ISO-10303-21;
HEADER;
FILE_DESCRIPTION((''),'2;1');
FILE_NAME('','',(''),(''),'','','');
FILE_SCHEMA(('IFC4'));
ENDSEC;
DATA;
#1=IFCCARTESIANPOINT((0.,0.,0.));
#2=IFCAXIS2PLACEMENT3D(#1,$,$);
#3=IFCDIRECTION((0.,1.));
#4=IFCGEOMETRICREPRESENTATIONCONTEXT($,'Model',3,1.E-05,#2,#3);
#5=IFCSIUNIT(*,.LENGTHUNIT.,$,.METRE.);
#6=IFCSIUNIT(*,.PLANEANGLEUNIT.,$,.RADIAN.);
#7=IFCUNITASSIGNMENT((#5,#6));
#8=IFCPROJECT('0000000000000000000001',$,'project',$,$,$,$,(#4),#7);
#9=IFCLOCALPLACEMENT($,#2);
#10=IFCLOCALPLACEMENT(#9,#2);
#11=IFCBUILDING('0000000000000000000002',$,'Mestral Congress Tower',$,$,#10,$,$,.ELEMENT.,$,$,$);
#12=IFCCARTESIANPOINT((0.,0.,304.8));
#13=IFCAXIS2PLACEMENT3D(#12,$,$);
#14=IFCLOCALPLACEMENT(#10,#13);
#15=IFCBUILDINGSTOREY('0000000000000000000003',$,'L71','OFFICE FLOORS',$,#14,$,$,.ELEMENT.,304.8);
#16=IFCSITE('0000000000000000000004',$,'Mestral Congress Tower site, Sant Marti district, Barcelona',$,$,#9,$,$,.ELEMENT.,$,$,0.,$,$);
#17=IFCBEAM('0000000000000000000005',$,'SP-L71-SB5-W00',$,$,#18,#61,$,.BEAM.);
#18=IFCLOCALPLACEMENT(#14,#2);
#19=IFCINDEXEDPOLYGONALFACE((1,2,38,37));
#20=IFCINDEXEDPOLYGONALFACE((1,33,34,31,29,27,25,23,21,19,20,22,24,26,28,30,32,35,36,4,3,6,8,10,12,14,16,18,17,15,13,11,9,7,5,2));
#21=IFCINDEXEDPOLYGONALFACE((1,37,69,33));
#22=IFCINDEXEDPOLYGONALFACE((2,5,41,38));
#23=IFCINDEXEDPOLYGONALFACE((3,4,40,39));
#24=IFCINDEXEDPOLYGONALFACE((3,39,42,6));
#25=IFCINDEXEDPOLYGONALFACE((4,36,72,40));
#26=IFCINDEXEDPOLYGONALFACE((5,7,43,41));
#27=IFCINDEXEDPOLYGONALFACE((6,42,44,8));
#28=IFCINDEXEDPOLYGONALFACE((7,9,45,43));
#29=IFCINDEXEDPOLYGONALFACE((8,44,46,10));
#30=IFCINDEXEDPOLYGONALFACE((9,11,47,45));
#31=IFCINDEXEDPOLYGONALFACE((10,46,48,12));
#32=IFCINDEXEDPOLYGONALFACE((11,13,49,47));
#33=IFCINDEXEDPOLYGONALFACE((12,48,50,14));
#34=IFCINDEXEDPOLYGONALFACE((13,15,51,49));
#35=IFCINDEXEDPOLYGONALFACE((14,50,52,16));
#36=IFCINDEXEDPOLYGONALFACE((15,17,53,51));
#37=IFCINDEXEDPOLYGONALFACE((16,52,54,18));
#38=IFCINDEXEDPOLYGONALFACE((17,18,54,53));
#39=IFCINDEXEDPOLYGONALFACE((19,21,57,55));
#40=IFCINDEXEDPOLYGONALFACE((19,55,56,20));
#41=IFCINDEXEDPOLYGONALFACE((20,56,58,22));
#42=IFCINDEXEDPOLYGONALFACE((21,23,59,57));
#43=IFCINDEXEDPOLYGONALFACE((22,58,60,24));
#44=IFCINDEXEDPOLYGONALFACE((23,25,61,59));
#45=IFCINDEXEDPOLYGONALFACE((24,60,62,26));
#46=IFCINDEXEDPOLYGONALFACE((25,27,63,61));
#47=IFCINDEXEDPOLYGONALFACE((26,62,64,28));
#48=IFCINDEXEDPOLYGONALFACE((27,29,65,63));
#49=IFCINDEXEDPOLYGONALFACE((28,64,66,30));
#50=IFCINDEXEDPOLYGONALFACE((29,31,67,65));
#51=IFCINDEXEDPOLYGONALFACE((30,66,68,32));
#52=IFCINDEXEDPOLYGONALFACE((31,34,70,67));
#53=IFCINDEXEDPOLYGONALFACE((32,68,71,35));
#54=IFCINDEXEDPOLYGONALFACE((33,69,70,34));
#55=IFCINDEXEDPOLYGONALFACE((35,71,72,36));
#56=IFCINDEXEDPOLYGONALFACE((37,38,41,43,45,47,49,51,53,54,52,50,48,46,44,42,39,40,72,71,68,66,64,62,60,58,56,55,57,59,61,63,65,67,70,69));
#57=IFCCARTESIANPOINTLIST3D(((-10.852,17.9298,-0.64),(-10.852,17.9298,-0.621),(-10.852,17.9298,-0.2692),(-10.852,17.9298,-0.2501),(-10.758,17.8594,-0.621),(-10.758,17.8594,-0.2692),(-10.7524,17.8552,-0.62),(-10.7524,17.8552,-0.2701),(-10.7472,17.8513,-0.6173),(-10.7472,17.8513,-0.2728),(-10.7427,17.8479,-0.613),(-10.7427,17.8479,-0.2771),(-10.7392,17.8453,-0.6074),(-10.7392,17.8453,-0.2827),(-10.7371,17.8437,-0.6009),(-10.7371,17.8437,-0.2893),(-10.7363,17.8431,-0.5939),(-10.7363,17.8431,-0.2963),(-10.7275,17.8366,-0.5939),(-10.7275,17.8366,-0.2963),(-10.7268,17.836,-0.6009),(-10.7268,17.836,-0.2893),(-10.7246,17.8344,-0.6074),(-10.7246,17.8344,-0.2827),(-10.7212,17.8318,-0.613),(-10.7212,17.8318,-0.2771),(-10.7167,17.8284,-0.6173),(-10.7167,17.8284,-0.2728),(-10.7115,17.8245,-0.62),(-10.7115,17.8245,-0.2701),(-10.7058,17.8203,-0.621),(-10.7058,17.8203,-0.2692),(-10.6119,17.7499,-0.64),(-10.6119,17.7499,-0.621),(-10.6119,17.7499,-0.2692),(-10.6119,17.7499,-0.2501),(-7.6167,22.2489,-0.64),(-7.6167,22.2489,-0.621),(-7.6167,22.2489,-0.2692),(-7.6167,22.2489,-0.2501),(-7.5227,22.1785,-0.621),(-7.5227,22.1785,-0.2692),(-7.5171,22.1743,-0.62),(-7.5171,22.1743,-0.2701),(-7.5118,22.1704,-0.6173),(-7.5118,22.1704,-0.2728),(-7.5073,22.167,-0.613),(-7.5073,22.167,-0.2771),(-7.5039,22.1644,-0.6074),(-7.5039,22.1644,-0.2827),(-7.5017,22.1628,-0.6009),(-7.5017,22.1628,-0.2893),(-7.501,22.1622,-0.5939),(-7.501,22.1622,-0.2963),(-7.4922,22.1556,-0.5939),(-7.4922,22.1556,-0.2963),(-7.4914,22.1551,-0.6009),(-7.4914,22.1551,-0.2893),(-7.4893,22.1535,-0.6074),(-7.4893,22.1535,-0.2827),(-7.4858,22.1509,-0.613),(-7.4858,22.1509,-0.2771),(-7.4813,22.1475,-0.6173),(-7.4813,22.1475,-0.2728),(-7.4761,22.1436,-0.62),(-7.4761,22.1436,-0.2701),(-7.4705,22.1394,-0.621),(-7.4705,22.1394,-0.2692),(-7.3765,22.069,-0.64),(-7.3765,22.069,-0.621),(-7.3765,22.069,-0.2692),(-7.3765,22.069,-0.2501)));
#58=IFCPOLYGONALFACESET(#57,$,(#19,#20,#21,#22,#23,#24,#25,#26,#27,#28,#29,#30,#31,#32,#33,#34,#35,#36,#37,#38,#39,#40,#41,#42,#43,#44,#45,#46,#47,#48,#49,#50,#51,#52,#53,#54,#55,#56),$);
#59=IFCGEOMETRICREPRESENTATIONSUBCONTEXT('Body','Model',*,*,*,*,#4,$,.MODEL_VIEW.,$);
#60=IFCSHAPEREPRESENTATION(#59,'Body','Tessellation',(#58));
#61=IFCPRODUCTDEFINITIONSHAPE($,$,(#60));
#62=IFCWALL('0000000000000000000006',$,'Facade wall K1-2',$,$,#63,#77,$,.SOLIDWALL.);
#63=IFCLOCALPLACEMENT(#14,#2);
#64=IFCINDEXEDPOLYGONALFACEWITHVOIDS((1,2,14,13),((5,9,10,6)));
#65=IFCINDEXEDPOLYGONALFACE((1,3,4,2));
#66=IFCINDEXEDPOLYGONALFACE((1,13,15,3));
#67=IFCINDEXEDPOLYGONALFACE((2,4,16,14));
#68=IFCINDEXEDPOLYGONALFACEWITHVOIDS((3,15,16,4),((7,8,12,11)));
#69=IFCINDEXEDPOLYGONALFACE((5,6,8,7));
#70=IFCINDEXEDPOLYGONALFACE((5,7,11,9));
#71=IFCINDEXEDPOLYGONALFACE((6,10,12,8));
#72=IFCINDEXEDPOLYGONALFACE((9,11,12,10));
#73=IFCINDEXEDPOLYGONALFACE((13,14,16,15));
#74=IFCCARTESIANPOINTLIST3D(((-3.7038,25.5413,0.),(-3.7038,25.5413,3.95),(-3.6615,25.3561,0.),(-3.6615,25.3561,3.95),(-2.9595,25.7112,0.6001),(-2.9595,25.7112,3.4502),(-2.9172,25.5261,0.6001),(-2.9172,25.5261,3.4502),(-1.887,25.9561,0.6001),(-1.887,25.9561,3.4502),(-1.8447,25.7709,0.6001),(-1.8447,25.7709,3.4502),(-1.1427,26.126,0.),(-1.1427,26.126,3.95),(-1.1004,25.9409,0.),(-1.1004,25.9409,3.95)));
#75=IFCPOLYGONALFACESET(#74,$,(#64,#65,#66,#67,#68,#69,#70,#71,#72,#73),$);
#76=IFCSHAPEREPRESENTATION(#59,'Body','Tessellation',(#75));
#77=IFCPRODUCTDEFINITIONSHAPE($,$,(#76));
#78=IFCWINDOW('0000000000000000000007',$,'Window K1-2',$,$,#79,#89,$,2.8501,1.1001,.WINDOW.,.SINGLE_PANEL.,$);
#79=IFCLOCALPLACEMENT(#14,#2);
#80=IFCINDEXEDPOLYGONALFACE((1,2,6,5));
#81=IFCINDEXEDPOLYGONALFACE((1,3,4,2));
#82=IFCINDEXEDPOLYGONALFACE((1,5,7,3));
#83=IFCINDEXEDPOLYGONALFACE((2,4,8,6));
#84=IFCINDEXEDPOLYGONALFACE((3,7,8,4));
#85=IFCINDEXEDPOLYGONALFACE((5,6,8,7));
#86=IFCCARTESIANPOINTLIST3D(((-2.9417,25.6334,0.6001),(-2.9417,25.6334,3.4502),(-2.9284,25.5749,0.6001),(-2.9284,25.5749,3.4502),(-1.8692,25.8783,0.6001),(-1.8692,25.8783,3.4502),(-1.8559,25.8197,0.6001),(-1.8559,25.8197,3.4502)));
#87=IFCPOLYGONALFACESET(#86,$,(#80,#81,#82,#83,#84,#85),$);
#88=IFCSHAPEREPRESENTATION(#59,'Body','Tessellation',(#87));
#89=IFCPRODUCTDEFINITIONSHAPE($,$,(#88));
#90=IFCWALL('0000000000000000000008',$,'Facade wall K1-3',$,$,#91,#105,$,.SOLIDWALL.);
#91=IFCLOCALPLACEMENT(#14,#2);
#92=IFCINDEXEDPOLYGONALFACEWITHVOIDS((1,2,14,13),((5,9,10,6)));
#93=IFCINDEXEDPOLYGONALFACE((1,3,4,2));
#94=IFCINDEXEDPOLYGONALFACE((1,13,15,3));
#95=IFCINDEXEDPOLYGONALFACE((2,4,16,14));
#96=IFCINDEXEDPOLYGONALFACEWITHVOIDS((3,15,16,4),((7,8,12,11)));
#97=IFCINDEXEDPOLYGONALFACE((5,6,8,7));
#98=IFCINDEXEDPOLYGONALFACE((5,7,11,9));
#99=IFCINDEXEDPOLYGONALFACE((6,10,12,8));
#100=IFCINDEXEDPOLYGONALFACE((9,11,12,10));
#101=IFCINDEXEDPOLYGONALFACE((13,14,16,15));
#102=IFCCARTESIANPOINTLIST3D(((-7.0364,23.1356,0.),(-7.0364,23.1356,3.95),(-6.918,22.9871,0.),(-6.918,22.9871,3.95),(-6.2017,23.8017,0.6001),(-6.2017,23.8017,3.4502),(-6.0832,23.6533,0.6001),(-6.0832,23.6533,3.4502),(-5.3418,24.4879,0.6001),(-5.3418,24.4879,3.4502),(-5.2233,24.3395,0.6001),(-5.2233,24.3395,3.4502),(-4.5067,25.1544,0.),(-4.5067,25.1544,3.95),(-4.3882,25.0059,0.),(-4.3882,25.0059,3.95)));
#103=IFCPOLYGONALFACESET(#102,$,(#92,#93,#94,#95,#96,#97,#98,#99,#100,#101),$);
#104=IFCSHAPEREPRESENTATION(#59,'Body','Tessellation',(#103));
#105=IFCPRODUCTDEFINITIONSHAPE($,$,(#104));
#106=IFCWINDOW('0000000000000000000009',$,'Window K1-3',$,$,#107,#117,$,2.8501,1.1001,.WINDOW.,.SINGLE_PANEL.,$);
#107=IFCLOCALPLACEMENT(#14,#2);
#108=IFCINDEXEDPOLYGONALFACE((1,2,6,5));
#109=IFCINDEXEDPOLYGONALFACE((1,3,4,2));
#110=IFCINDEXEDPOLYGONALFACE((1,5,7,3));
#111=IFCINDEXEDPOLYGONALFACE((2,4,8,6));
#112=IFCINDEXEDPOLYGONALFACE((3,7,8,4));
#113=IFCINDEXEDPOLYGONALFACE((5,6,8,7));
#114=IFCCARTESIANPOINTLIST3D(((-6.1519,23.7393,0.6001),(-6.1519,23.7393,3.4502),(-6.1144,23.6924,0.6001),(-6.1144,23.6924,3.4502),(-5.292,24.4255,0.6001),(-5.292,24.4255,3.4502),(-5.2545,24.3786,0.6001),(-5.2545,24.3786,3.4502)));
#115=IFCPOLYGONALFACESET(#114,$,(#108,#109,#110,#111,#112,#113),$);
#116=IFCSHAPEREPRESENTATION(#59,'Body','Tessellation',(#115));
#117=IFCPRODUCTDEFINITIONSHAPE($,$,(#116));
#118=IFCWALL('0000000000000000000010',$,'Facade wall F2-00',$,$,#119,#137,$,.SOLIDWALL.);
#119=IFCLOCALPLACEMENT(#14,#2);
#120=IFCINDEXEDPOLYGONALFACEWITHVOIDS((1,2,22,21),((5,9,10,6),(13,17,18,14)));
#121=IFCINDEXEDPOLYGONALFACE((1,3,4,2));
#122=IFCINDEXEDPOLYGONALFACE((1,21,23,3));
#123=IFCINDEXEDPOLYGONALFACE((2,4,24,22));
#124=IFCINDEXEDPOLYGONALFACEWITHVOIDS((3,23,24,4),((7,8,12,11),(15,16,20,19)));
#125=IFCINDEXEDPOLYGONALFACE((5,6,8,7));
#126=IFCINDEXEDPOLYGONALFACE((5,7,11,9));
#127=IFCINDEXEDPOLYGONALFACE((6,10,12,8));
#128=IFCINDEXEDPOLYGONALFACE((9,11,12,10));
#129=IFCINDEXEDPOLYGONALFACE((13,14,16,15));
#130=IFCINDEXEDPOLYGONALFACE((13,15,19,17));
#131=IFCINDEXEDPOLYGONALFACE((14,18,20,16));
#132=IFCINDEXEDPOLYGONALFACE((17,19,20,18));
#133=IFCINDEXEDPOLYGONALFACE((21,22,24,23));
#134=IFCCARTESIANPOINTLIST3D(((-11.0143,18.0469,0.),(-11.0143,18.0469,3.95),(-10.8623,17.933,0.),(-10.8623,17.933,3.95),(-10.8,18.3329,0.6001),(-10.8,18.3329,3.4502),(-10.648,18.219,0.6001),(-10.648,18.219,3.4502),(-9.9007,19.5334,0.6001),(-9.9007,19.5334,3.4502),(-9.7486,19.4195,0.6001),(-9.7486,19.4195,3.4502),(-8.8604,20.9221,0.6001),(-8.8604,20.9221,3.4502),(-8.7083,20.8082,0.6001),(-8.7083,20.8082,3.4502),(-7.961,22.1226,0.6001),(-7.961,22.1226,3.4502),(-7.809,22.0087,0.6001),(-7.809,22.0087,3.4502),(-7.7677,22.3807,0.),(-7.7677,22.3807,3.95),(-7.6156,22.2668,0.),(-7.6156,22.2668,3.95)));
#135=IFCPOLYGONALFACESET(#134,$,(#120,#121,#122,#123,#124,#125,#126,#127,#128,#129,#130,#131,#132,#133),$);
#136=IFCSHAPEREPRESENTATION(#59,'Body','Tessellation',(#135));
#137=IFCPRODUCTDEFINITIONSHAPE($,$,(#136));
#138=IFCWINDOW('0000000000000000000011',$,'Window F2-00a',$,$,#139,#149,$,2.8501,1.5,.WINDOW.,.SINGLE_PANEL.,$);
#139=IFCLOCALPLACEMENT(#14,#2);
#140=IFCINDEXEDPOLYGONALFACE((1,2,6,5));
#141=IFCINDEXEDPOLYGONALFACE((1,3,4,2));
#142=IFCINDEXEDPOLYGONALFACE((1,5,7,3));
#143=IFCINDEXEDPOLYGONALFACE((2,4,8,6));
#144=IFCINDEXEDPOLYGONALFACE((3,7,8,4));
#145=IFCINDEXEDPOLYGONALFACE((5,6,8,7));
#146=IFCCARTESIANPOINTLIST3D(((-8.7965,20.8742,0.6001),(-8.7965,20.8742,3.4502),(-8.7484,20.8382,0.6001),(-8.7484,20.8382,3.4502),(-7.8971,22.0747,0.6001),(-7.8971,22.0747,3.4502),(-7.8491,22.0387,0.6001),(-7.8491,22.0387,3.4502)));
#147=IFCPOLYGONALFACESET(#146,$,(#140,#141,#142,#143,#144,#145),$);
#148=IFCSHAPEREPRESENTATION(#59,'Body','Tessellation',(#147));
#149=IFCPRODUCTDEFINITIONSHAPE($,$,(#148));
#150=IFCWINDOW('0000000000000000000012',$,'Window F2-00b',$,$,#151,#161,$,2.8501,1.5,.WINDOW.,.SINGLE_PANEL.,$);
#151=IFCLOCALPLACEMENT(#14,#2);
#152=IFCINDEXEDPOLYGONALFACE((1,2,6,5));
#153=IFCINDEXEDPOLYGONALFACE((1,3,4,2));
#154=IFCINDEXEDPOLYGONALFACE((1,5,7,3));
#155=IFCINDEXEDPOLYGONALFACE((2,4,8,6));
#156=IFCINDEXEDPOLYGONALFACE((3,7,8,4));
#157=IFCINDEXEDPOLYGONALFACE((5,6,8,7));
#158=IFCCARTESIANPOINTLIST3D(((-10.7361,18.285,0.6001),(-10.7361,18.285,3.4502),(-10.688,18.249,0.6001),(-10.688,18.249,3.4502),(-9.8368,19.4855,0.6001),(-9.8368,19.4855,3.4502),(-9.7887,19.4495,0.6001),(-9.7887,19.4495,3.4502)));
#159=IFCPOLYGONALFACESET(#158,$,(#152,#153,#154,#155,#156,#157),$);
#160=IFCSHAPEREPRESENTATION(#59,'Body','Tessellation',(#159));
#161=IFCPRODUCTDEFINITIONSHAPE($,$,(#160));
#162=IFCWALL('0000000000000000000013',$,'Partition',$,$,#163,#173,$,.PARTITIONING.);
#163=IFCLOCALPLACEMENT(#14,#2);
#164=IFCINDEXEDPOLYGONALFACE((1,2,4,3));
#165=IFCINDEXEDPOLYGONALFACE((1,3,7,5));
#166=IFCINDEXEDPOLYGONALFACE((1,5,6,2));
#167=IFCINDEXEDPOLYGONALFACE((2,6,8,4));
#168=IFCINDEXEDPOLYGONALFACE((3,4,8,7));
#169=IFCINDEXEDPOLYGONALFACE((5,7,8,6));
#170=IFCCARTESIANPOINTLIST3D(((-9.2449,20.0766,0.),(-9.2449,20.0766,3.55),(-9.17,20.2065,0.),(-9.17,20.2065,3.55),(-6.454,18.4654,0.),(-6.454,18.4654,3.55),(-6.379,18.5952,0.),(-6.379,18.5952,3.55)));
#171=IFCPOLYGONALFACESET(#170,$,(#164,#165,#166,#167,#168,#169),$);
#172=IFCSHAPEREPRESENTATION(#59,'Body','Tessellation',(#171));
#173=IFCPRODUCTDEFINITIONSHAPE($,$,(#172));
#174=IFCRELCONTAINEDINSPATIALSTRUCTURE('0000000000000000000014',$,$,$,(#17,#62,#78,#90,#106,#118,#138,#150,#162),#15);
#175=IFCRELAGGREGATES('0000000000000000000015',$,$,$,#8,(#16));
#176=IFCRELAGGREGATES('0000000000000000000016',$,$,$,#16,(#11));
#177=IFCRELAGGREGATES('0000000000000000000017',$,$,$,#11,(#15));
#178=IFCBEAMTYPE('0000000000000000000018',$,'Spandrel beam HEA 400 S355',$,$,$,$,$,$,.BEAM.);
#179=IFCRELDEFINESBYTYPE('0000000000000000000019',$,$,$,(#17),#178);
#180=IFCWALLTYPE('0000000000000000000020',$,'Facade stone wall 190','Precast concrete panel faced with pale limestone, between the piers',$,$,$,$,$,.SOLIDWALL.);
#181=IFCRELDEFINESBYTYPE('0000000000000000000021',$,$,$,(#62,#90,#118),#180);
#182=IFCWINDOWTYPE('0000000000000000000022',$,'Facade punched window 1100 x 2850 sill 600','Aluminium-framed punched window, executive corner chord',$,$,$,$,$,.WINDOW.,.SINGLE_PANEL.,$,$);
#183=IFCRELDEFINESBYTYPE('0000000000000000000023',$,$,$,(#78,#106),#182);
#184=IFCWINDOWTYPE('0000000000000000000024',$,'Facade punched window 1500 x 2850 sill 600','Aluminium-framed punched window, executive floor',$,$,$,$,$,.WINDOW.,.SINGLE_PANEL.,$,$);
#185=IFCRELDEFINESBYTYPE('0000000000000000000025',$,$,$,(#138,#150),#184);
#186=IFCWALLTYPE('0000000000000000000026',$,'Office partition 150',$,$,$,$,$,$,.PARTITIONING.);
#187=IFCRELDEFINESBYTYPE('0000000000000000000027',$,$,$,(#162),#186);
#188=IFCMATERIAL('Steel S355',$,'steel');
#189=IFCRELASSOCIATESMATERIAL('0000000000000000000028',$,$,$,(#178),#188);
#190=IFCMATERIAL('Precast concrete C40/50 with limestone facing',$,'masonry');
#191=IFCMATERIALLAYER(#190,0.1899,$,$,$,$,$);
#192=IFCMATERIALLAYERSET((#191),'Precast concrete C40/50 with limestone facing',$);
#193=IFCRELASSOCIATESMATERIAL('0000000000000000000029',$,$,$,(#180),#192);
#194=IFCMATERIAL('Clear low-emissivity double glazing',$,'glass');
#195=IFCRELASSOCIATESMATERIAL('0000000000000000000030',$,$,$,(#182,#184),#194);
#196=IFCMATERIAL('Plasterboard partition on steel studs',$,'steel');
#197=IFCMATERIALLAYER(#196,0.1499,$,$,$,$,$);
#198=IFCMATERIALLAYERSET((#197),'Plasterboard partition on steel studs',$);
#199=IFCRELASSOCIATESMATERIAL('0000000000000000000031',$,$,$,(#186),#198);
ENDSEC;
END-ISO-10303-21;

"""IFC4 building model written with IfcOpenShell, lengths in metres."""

from ifc_helpers import new_model, si_unit, direction, frame, frame_2d, origin, origin_2d, place, context, subcontext, project, spatial, rectangle, i_section, extrude, material, layer, layer_set, material_profile, profile_set, type_object, element, fill, save


model = new_model("IFC4")

# Units and contexts
model_context = context("Model", 3, precision=1e-05, world=origin(), true_north=direction((0.0, 1.0)))
body_context = subcontext(model_context, "Body", "Model", "MODEL_VIEW")
ifc_project = project(units=[si_unit("LENGTHUNIT", "METRE"), si_unit("PLANEANGLEUNIT", "RADIAN")], contexts=[model_context])

# Site, building, storey
site_placement = place(None, origin())
site = spatial("IfcSite", under=ifc_project, at=site_placement, Name="Mestral Congress Tower site, Sant Marti district, Barcelona", CompositionType="ELEMENT", RefElevation=0.0)
building_placement = place(site_placement, origin())
building = spatial("IfcBuilding", under=site, at=building_placement, Name="Mestral Congress Tower", CompositionType="ELEMENT")
storey_placement = place(building_placement, frame((0.0, 0.0, 304.8)))
storey = spatial("IfcBuildingStorey", under=building, at=storey_placement, Name="L71", Description="OFFICE FLOORS", CompositionType="ELEMENT", Elevation=304.8)

# Beam
ifc_material_1 = material(Name="Steel S355", Category="steel")
ifc_material_profile_1 = material_profile(ifc_material_1, i_section(OverallWidth=0.3, OverallDepth=0.3899, WebThickness=0.011, FlangeThickness=0.019, FilletRadius=0.0271, at=origin_2d()), Name="HEA 400")
ifc_profile_set_1 = profile_set([ifc_material_profile_1], Name="Steel S355")
beam_type_1 = type_object("IfcBeamType", Name="Spandrel beam HEA 400 S355", PredefinedType="BEAM", material=ifc_profile_set_1)
beam_1_placement = place(storey_placement, frame((-7.4966, 22.1589, -0.4451), z_axis=(-0.599529, -0.800353, 0.0), x_axis=(0.800353, -0.599529, 0.0)))
element("IfcBeam", 1, at=beam_1_placement, inside=storey, type_object=beam_type_1, Name="SP-L71-SB5-W00", PredefinedType="BEAM", context=body_context, shape_type="SweptSolid", body=[
    extrude(i_section(OverallWidth=0.3, OverallDepth=0.3899, WebThickness=0.011, FlangeThickness=0.019, FilletRadius=0.0271, at=origin_2d()), origin(), (0.0, 0.0, 1.0), 5.3965),
])

# Walls, openings, windows
ifc_material_2 = material(Name="Precast concrete C40/50 with limestone facing", Category="masonry")
ifc_layer_1 = layer(ifc_material_2, 0.1899)
ifc_layer_set_1 = layer_set([ifc_layer_1], Name="Precast concrete C40/50 with limestone facing")
wall_type_1 = type_object("IfcWallType", Name="Facade stone wall 190", Description="Precast concrete panel faced with pale limestone, between the piers", PredefinedType="SOLIDWALL", material=ifc_layer_set_1)
wall_1_placement = place(storey_placement, frame((-1.1216, 26.0334, 0.0), z_axis=(0.0, 0.0, 1.0), x_axis=(-0.974913, -0.222585, 0.0)))
wall_1 = element("IfcWall", 2, at=wall_1_placement, inside=storey, type_object=wall_type_1, Name="Facade wall K1-2", PredefinedType="SOLIDWALL", context=body_context, shape_type="SweptSolid", body=[
    extrude(rectangle(XDim=2.627, YDim=0.1899, at=frame_2d((1.3135, 0.0))), origin(), (0.0, 0.0, 1.0), 3.95),
])
opening_1_placement = place(wall_1_placement, frame((0.7634, 0.0, 0.6001)))
opening_1 = element("IfcOpeningElement", 3, at=opening_1_placement, cuts=wall_1, PredefinedType="OPENING", context=body_context, shape_type="SweptSolid", body=[
    extrude(rectangle(XDim=1.1001, YDim=2.8501, at=frame_2d((0.55, 1.425))), frame((0.0, 0.105, 0.0), z_axis=(0.0, -1.0, 0.0), x_axis=(1.0, 0.0, 0.0)), (0.0, 0.0, 1.0), 0.21),
])
ifc_material_3 = material(Name="Clear low-emissivity double glazing", Category="glass")
window_type_1 = type_object("IfcWindowType", Name="Facade punched window 1100 x 2850 sill 600", Description="Aluminium-framed punched window, executive corner chord", PartitioningType="SINGLE_PANEL", PredefinedType="WINDOW", material=ifc_material_3)
window_1_placement = place(opening_1_placement, origin())
window_1 = element("IfcWindow", 4, at=window_1_placement, inside=storey, type_object=window_type_1, Name="Window K1-2", OverallHeight=2.8501, OverallWidth=1.1001, PartitioningType="SINGLE_PANEL", PredefinedType="WINDOW", context=body_context, shape_type="SweptSolid", body=[
    extrude(rectangle(XDim=1.1001, YDim=2.8501, at=frame_2d((0.55, 1.425))), frame((0.0, 0.0449, 0.0), z_axis=(0.0, -1.0, 0.0), x_axis=(1.0, 0.0, 0.0)), (0.0, 0.0, 1.0), 0.0601),
])
fill(opening_1, window_1)
wall_2_placement = place(storey_placement, frame((-4.4475, 25.0801, 0.0), z_axis=(0.0, 0.0, 1.0), x_axis=(-0.781626, -0.623747, 0.0)))
wall_2 = element("IfcWall", 5, at=wall_2_placement, inside=storey, type_object=wall_type_1, Name="Facade wall K1-3", PredefinedType="SOLIDWALL", context=body_context, shape_type="SweptSolid", body=[
    extrude(rectangle(XDim=3.2366, YDim=0.1899, at=frame_2d((1.6182, 0.0))), origin(), (0.0, 0.0, 1.0), 3.95),
])
opening_2_placement = place(wall_2_placement, frame((1.0684, 0.0, 0.6001)))
opening_2 = element("IfcOpeningElement", 6, at=opening_2_placement, cuts=wall_2, PredefinedType="OPENING", context=body_context, shape_type="SweptSolid", body=[
    extrude(rectangle(XDim=1.1001, YDim=2.8501, at=frame_2d((0.55, 1.425))), frame((0.0, 0.105, 0.0), z_axis=(0.0, -1.0, 0.0), x_axis=(1.0, 0.0, 0.0)), (0.0, 0.0, 1.0), 0.21),
])
window_2_placement = place(opening_2_placement, origin())
window_2 = element("IfcWindow", 7, at=window_2_placement, inside=storey, type_object=window_type_1, Name="Window K1-3", OverallHeight=2.8501, OverallWidth=1.1001, PartitioningType="SINGLE_PANEL", PredefinedType="WINDOW", context=body_context, shape_type="SweptSolid", body=[
    extrude(rectangle(XDim=1.1001, YDim=2.8501, at=frame_2d((0.55, 1.425))), frame((0.0, 0.0449, 0.0), z_axis=(0.0, -1.0, 0.0), x_axis=(1.0, 0.0, 0.0)), (0.0, 0.0, 1.0), 0.0601),
])
fill(opening_2, window_2)

# Wall, openings, windows
wall_3_placement = place(storey_placement, frame((-7.6917, 22.3237, 0.0), z_axis=(0.0, 0.0, 1.0), x_axis=(-0.59956, -0.80033, 0.0)))
wall_3 = element("IfcWall", 8, at=wall_3_placement, inside=storey, type_object=wall_type_1, Name="Facade wall F2-00", PredefinedType="SOLIDWALL", context=body_context, shape_type="SweptSolid", body=[
    extrude(rectangle(XDim=5.415, YDim=0.1899, at=frame_2d((2.7075, 0.0))), origin(), (0.0, 0.0, 1.0), 3.95),
])
opening_3_placement = place(wall_3_placement, frame((0.3225, 0.0, 0.6001)))
opening_3 = element("IfcOpeningElement", 9, at=opening_3_placement, cuts=wall_3, PredefinedType="OPENING", context=body_context, shape_type="SweptSolid", body=[
    extrude(rectangle(XDim=1.5, YDim=2.8501, at=frame_2d((0.75, 1.425))), frame((0.0, 0.105, 0.0), z_axis=(0.0, -1.0, 0.0), x_axis=(1.0, 0.0, 0.0)), (0.0, 0.0, 1.0), 0.21),
])
opening_4_placement = place(wall_3_placement, frame((3.5576, 0.0, 0.6001)))
opening_4 = element("IfcOpeningElement", 10, at=opening_4_placement, cuts=wall_3, PredefinedType="OPENING", context=body_context, shape_type="SweptSolid", body=[
    extrude(rectangle(XDim=1.5, YDim=2.8501, at=frame_2d((0.75, 1.425))), frame((0.0, 0.105, 0.0), z_axis=(0.0, -1.0, 0.0), x_axis=(1.0, 0.0, 0.0)), (0.0, 0.0, 1.0), 0.21),
])
window_type_2 = type_object("IfcWindowType", Name="Facade punched window 1500 x 2850 sill 600", Description="Aluminium-framed punched window, executive floor", PartitioningType="SINGLE_PANEL", PredefinedType="WINDOW", material=ifc_material_3)
window_3_placement = place(opening_3_placement, origin())
window_3 = element("IfcWindow", 11, at=window_3_placement, inside=storey, type_object=window_type_2, Name="Window F2-00a", OverallHeight=2.8501, OverallWidth=1.5, PartitioningType="SINGLE_PANEL", PredefinedType="WINDOW", context=body_context, shape_type="SweptSolid", body=[
    extrude(rectangle(XDim=1.5, YDim=2.8501, at=frame_2d((0.75, 1.425))), frame((0.0, 0.0449, 0.0), z_axis=(0.0, -1.0, 0.0), x_axis=(1.0, 0.0, 0.0)), (0.0, 0.0, 1.0), 0.0601),
])
fill(opening_3, window_3)
window_4_placement = place(opening_4_placement, origin())
window_4 = element("IfcWindow", 12, at=window_4_placement, inside=storey, type_object=window_type_2, Name="Window F2-00b", OverallHeight=2.8501, OverallWidth=1.5, PartitioningType="SINGLE_PANEL", PredefinedType="WINDOW", context=body_context, shape_type="SweptSolid", body=[
    extrude(rectangle(XDim=1.5, YDim=2.8501, at=frame_2d((0.75, 1.425))), frame((0.0, 0.0449, 0.0), z_axis=(0.0, -1.0, 0.0), x_axis=(1.0, 0.0, 0.0)), (0.0, 0.0, 1.0), 0.0601),
])
fill(opening_4, window_4)

# Wall
ifc_material_4 = material(Name="Plasterboard partition on steel studs", Category="steel")
ifc_layer_2 = layer(ifc_material_4, 0.1499)
ifc_layer_set_2 = layer_set([ifc_layer_2], Name="Plasterboard partition on steel studs")
wall_type_2 = type_object("IfcWallType", Name="Office partition 150", PredefinedType="PARTITIONING", material=ifc_layer_set_2)
wall_4_placement = place(storey_placement, frame((-6.4165, 18.5303, 0.0), z_axis=(0.0, 0.0, 1.0), x_axis=(-0.866034, 0.499985, 0.0)))
element("IfcWall", 13, at=wall_4_placement, inside=storey, type_object=wall_type_2, Name="Partition", PredefinedType="PARTITIONING", context=body_context, shape_type="SweptSolid", body=[
    extrude(rectangle(XDim=3.2227, YDim=0.1499, at=frame_2d((1.6113, 0.0))), origin(), (0.0, 0.0, 1.0), 3.55),
])

save(model, "model.ifc")
